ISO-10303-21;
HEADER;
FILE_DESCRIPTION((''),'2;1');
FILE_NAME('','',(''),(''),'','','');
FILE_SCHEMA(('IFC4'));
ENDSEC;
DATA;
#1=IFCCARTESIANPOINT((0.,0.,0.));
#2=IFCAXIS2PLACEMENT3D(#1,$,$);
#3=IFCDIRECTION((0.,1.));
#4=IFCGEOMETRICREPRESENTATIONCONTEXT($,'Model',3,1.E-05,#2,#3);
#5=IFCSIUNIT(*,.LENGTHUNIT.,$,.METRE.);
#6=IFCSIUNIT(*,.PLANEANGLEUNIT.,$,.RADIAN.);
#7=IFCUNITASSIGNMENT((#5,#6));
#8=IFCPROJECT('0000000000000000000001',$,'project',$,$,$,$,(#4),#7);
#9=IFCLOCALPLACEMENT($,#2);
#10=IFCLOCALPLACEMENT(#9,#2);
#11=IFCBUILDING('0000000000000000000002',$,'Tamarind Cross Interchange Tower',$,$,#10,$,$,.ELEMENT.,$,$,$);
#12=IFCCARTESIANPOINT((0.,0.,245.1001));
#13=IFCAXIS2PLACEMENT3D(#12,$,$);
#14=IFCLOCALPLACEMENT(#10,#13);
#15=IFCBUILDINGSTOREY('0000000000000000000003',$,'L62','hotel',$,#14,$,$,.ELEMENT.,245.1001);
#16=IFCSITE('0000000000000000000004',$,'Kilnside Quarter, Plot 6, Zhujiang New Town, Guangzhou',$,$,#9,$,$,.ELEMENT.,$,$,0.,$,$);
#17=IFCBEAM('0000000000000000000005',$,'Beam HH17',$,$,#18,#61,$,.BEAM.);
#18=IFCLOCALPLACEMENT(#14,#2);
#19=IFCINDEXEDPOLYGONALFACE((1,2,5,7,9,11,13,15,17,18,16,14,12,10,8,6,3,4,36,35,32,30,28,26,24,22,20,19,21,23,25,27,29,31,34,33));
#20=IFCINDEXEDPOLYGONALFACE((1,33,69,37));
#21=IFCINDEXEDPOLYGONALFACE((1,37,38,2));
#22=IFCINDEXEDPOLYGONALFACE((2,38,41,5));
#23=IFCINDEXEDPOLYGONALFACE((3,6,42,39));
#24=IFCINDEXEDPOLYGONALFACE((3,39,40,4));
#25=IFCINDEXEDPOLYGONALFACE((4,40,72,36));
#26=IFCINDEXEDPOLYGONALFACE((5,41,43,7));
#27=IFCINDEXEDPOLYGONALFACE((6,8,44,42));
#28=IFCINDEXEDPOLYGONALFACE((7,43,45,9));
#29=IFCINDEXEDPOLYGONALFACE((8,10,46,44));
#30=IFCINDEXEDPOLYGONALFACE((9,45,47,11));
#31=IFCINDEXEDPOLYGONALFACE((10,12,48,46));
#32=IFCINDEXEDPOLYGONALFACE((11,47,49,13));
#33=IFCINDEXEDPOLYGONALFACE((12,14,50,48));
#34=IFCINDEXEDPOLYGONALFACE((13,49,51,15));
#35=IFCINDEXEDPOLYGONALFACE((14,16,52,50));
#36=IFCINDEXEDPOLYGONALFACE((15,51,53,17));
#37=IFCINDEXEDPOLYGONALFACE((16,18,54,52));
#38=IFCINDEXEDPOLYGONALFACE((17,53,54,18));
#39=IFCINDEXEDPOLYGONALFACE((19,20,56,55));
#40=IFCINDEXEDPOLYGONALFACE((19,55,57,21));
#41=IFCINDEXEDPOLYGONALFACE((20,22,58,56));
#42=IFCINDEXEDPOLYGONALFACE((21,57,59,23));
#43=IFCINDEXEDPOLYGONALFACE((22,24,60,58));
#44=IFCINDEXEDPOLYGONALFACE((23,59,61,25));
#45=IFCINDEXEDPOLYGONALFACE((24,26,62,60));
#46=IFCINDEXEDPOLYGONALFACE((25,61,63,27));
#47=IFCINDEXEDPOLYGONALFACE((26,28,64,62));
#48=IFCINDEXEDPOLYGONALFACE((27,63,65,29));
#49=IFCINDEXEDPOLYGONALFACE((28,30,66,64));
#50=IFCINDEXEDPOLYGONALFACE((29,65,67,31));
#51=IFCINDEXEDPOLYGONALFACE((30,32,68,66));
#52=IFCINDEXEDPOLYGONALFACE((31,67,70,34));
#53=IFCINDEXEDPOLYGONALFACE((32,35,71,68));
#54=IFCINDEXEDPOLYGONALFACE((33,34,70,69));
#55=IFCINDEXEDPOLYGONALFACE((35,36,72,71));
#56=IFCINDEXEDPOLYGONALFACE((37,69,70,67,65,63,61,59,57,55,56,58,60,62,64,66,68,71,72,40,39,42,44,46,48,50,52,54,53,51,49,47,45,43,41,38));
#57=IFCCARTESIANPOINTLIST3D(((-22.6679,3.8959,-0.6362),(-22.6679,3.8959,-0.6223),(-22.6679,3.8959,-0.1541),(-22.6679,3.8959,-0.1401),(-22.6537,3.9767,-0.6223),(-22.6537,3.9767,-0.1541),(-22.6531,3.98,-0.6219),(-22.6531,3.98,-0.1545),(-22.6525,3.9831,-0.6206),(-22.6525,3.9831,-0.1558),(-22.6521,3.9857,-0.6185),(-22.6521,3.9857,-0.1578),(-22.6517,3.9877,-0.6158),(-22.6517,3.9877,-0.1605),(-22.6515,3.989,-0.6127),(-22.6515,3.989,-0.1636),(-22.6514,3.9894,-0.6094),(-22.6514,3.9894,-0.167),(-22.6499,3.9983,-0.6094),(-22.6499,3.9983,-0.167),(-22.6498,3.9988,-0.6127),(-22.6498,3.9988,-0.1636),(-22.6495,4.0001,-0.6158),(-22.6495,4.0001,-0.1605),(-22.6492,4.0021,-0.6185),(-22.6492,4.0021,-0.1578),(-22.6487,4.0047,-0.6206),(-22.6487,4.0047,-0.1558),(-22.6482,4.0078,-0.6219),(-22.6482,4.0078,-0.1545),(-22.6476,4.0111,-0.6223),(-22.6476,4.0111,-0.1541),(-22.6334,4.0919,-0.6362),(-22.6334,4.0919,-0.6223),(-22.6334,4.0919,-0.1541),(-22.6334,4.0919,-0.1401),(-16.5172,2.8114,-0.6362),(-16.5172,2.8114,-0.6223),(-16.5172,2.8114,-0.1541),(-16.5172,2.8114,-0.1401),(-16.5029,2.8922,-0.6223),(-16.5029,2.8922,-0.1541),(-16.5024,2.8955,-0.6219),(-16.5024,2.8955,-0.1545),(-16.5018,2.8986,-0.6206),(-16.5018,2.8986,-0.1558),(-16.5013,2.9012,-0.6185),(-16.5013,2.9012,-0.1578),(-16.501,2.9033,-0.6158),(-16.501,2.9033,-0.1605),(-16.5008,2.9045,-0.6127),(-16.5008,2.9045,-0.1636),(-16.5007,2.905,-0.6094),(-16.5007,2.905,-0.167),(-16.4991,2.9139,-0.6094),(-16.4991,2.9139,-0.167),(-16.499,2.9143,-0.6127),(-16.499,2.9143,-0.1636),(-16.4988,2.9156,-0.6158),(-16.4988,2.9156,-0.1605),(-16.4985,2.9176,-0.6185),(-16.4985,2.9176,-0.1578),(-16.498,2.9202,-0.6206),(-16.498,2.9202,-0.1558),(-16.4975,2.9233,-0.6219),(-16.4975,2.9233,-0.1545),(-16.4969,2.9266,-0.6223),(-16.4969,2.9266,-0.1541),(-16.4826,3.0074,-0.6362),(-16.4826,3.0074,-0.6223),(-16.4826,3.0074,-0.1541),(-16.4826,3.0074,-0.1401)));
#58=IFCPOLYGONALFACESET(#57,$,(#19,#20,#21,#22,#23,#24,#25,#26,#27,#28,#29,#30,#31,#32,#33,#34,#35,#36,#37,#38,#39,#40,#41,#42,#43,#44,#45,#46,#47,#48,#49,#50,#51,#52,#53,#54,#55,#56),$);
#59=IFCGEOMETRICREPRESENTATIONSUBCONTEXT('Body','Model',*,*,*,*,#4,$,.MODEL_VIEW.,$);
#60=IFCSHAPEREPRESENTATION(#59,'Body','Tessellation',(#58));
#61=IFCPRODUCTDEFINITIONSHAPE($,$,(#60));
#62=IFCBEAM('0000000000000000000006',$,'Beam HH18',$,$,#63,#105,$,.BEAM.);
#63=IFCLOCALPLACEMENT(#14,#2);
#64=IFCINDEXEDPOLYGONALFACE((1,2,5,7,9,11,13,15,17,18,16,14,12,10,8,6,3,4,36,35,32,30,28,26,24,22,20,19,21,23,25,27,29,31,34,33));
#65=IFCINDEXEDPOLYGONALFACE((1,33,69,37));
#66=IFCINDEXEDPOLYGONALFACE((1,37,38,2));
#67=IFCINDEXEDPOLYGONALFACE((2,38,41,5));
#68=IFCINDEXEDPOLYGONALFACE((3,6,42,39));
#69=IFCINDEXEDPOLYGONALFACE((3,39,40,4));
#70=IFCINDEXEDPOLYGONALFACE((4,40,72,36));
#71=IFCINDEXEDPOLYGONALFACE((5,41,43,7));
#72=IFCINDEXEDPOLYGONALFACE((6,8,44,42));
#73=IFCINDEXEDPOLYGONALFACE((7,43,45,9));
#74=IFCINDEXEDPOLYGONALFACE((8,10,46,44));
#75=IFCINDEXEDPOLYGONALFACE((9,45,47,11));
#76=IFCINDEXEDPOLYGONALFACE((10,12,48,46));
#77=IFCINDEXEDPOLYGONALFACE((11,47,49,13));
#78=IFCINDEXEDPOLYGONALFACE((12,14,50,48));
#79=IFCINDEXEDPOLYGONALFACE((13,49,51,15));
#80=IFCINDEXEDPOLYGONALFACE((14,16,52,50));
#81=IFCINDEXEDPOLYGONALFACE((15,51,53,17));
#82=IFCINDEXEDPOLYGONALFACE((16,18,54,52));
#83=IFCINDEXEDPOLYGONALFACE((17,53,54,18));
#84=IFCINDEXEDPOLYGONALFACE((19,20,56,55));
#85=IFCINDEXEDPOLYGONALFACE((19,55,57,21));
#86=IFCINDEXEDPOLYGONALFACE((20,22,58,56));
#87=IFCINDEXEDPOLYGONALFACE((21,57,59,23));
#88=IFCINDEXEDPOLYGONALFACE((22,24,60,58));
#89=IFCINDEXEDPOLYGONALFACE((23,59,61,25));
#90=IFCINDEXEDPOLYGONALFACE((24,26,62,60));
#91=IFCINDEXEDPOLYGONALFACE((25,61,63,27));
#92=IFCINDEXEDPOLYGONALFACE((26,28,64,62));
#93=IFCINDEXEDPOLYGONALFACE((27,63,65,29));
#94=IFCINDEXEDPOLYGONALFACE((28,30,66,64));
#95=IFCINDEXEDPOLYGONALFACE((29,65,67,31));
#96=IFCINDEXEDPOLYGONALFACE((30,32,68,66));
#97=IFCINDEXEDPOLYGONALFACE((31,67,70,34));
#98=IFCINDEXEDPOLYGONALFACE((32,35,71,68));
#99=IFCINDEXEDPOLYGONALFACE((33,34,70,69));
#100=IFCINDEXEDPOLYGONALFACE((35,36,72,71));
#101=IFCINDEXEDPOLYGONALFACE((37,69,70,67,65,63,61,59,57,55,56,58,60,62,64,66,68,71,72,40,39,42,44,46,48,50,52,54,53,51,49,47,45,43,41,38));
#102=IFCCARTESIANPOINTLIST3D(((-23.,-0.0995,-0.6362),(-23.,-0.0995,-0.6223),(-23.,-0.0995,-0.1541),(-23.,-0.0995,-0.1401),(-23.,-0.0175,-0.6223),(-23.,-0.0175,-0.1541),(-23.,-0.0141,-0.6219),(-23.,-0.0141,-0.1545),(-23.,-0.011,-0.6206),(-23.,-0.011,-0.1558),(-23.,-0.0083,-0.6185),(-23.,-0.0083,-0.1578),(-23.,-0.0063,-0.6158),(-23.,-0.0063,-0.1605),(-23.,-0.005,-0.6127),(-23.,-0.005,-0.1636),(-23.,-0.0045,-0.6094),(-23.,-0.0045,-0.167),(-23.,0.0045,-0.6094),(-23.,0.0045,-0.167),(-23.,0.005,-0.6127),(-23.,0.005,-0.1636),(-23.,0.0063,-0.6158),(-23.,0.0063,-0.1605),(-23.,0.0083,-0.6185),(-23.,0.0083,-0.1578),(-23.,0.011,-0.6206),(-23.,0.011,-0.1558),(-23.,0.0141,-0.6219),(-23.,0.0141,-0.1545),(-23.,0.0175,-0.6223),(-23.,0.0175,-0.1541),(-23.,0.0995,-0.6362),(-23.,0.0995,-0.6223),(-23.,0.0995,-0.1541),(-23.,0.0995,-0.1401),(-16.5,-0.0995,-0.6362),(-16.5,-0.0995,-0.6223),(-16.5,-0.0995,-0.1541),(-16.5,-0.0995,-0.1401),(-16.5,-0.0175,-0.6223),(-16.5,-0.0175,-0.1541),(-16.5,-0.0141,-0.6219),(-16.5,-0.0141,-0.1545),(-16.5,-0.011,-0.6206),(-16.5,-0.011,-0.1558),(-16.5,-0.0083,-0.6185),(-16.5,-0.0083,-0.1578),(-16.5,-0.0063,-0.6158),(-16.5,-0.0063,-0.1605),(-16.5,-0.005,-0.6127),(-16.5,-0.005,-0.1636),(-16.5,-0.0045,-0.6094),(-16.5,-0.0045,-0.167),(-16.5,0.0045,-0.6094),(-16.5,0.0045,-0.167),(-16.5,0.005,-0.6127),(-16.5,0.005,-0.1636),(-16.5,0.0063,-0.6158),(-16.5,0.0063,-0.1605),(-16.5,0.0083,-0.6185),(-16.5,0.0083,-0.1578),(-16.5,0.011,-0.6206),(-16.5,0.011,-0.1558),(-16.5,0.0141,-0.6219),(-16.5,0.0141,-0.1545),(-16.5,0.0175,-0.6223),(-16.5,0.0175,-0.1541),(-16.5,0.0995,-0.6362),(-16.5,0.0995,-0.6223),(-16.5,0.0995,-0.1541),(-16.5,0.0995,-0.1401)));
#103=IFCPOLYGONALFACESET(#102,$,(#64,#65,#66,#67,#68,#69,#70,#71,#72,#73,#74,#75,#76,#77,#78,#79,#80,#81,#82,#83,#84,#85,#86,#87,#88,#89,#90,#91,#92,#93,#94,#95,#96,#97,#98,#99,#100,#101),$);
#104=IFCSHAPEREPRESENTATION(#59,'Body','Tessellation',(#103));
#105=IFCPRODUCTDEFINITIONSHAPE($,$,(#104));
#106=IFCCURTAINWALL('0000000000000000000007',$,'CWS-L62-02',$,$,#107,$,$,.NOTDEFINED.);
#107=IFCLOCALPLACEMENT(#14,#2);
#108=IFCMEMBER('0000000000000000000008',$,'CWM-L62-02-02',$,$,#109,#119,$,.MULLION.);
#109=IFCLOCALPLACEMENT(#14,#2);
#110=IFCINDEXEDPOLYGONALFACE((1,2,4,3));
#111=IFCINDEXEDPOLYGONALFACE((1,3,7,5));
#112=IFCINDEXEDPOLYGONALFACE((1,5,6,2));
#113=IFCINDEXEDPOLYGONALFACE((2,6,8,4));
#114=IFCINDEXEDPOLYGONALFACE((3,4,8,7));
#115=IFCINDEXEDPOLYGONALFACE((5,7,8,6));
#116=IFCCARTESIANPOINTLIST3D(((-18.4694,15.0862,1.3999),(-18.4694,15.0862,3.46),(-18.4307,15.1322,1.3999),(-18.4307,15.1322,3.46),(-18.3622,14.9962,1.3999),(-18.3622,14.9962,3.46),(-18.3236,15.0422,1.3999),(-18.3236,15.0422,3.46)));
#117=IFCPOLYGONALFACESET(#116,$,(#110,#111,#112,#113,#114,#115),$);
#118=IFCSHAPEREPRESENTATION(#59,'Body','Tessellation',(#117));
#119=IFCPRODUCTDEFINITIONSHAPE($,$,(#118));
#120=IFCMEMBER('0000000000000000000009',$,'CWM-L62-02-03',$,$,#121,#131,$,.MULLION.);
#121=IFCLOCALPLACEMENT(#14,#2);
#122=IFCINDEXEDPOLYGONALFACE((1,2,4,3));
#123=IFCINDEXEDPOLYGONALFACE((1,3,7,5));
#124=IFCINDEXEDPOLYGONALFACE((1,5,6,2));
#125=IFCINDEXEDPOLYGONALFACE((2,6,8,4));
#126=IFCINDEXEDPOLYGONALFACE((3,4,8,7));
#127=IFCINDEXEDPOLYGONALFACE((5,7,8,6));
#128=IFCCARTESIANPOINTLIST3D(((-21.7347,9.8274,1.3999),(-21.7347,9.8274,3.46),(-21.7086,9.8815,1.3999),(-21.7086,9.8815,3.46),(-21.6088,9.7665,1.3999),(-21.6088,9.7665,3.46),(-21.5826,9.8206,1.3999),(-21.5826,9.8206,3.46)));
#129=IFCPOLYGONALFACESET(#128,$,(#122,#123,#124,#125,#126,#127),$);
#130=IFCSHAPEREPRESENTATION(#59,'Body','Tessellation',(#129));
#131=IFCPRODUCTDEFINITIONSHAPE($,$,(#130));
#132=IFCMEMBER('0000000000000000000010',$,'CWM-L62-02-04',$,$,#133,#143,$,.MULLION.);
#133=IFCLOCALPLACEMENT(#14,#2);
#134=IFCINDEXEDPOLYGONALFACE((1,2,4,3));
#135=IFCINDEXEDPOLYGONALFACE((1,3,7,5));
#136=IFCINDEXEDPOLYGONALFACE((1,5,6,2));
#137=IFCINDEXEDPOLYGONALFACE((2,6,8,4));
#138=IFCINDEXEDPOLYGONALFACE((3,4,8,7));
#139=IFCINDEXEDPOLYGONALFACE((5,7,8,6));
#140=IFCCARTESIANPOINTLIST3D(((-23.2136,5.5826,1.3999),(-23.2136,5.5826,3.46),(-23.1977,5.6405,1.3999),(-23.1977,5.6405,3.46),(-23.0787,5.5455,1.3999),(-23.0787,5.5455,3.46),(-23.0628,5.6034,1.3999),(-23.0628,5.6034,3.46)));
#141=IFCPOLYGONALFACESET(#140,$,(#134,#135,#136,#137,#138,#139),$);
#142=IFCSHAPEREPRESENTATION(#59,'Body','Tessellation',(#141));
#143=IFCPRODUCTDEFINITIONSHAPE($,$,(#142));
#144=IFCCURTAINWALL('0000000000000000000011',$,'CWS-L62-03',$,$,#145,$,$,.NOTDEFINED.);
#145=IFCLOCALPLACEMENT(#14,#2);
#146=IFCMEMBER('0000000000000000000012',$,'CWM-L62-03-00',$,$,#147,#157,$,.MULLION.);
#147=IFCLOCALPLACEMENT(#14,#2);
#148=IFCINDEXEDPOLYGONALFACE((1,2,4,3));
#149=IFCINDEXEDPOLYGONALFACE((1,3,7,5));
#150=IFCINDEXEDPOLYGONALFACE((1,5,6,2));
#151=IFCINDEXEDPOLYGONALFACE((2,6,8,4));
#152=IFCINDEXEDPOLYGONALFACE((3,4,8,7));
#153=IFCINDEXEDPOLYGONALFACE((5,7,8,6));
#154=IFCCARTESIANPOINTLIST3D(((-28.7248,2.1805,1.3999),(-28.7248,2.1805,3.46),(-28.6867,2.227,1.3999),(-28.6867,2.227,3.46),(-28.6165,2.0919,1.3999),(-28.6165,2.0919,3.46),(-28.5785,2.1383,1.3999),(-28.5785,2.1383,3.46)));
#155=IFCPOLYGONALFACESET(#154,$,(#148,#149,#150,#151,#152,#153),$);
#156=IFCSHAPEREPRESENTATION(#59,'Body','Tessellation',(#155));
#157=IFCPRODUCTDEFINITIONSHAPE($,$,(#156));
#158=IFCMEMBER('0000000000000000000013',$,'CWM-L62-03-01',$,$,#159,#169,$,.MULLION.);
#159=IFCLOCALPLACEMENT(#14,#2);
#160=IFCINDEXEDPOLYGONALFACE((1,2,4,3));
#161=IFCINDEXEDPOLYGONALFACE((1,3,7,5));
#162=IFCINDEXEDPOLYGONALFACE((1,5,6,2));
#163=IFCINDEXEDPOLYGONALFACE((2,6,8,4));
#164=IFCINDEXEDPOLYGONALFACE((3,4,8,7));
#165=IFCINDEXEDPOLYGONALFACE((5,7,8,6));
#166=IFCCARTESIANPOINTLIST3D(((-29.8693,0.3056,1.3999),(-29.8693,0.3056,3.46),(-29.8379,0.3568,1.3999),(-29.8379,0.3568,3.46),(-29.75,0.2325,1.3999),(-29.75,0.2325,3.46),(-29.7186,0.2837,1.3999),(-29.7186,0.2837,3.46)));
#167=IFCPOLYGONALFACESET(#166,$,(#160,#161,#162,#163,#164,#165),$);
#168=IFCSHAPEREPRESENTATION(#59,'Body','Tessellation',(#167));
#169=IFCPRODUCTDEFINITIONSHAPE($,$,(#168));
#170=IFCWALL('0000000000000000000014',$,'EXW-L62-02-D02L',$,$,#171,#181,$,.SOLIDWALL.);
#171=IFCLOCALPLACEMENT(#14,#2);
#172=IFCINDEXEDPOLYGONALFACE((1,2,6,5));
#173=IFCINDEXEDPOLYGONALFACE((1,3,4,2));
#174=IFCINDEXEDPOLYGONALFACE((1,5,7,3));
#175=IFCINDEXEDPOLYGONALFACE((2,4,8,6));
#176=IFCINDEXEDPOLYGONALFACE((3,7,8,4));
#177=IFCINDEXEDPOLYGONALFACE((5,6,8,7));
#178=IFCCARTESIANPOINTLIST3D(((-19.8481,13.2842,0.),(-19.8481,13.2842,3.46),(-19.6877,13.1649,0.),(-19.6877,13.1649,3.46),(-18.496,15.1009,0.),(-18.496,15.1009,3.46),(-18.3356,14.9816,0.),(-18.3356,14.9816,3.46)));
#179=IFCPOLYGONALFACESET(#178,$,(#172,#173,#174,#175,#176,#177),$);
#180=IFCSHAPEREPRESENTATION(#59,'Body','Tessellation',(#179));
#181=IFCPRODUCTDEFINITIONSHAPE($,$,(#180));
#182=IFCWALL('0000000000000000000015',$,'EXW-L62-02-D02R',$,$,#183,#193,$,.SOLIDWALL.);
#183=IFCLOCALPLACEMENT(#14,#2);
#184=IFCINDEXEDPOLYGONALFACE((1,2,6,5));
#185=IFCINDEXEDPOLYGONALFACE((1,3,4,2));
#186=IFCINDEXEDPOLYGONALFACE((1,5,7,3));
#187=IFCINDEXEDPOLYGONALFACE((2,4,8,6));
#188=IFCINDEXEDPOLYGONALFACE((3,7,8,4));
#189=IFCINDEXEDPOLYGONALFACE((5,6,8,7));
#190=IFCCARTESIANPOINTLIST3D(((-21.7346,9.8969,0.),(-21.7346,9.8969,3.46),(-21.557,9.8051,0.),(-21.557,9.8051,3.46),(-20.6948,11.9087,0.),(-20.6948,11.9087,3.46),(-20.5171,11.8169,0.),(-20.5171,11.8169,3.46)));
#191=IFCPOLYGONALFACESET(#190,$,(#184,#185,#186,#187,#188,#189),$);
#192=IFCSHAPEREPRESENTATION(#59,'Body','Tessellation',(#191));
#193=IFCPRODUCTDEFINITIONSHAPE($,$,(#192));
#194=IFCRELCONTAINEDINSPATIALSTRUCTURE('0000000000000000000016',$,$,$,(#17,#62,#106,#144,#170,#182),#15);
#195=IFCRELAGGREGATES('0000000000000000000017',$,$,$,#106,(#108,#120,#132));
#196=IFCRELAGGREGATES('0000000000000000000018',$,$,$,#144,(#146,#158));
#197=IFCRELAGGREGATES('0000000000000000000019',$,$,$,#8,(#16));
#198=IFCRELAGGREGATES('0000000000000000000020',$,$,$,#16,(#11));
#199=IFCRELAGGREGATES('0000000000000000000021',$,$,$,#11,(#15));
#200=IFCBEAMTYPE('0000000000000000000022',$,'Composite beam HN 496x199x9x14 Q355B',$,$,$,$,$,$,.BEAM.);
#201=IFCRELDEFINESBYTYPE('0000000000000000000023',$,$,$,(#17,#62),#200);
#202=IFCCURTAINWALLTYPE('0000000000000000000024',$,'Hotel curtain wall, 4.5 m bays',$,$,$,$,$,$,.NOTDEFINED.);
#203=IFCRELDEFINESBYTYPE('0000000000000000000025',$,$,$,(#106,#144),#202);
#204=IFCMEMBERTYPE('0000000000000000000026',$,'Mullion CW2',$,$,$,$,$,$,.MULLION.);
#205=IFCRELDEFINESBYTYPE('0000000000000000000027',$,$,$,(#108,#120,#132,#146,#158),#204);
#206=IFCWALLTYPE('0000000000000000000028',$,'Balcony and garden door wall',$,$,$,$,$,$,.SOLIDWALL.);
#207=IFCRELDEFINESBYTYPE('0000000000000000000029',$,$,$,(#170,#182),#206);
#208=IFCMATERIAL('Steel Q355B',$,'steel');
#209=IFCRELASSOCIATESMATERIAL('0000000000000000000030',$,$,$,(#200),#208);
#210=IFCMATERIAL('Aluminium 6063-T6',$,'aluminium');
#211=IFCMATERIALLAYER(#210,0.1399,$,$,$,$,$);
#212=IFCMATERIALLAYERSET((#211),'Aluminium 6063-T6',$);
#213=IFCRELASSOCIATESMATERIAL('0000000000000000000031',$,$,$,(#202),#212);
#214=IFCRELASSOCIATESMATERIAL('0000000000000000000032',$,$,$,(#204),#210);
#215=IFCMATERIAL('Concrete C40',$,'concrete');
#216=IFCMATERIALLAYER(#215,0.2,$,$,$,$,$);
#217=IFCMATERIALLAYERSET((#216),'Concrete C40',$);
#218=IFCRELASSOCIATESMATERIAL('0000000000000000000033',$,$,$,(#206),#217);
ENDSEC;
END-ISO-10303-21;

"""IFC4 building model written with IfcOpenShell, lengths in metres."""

from ifc_helpers import new_model, si_unit, direction, frame, frame_2d, origin, origin_2d, place, context, subcontext, project, spatial, rectangle, i_section, extrude, material, layer, layer_set, material_profile, profile_set, type_object, element, aggregate, save


model = new_model("IFC4")

# Units and contexts
model_context = context("Model", 3, precision=1e-05, world=origin(), true_north=direction((0.0, 1.0)))
body_context = subcontext(model_context, "Body", "Model", "MODEL_VIEW")
ifc_project = project(units=[si_unit("LENGTHUNIT", "METRE"), si_unit("PLANEANGLEUNIT", "RADIAN")], contexts=[model_context])

# Site, building, storey
site_placement = place(None, origin())
site = spatial("IfcSite", under=ifc_project, at=site_placement, Name="Kilnside Quarter, Plot 6, Zhujiang New Town, Guangzhou", CompositionType="ELEMENT", RefElevation=0.0)
building_placement = place(site_placement, origin())
building = spatial("IfcBuilding", under=site, at=building_placement, Name="Tamarind Cross Interchange Tower", CompositionType="ELEMENT")
storey_placement = place(building_placement, frame((0.0, 0.0, 245.1001)))
storey = spatial("IfcBuildingStorey", under=building, at=storey_placement, Name="L62", Description="hotel", CompositionType="ELEMENT", Elevation=245.1001)

# Beams
ifc_material_1 = material(Name="Steel Q355B", Category="steel")
ifc_material_profile_1 = material_profile(ifc_material_1, i_section(OverallWidth=0.199, OverallDepth=0.4961, WebThickness=0.009, FlangeThickness=0.0139, FilletRadius=0.0129, at=origin_2d()), Name="HN 496x199x9x14")
ifc_profile_set_1 = profile_set([ifc_material_profile_1], Name="Steel Q355B")
beam_type = type_object("IfcBeamType", Name="Composite beam HN 496x199x9x14 Q355B", PredefinedType="BEAM", material=ifc_profile_set_1)
beam_1_placement = place(storey_placement, frame((-22.6506, 3.9939, -0.3882), z_axis=(0.984809, -0.17364, 0.0), x_axis=(0.17364, 0.984809, 0.0)))
element("IfcBeam", 1, at=beam_1_placement, inside=storey, type_object=beam_type, Name="Beam HH17", PredefinedType="BEAM", context=body_context, shape_type="SweptSolid", body=[
    extrude(i_section(OverallWidth=0.199, OverallDepth=0.4961, WebThickness=0.009, FlangeThickness=0.0139, FilletRadius=0.0129, at=origin_2d()), origin(), (0.0, 0.0, 1.0), 6.2456),
])
beam_2_placement = place(storey_placement, frame((-23.0, 0.0, -0.3882), z_axis=(1.0, 0.0, 0.0), x_axis=(0.0, 1.0, 0.0)))
element("IfcBeam", 2, at=beam_2_placement, inside=storey, type_object=beam_type, Name="Beam HH18", PredefinedType="BEAM", context=body_context, shape_type="SweptSolid", body=[
    extrude(i_section(OverallWidth=0.199, OverallDepth=0.4961, WebThickness=0.009, FlangeThickness=0.0139, FilletRadius=0.0129, at=origin_2d()), origin(), (0.0, 0.0, 1.0), 6.5),
])

# Curtain walls, members
ifc_material_2 = material(Name="Aluminium 6063-T6", Category="aluminium")
ifc_layer_1 = layer(ifc_material_2, 0.1399)
ifc_layer_set_1 = layer_set([ifc_layer_1], Name="Aluminium 6063-T6")
curtain_wall_type = type_object("IfcCurtainWallType", Name="Hotel curtain wall, 4.5 m bays", PredefinedType="NOTDEFINED", material=ifc_layer_set_1)
curtain_wall_1_placement = place(storey_placement, origin())
curtain_wall_1 = element("IfcCurtainWall", 3, at=curtain_wall_1_placement, inside=storey, type_object=curtain_wall_type, Name="CWS-L62-02", PredefinedType="NOTDEFINED")
ifc_material_profile_2 = material_profile(ifc_material_2, rectangle(XDim=0.0601, YDim=0.1399, at=origin_2d()), Name="Mullion CW2")
ifc_profile_set_2 = profile_set([ifc_material_profile_2], Name="Aluminium 6063-T6")
member_type = type_object("IfcMemberType", Name="Mullion CW2", PredefinedType="MULLION", material=ifc_profile_set_2)
member_1_placement = place(storey_placement, frame((-18.3965, 15.0642, 1.3999), z_axis=(0.0, 0.0, 1.0), x_axis=(-0.643009, -0.765858, 0.0)))
member_1 = element("IfcMember", 4, at=member_1_placement, type_object=member_type, Name="CWM-L62-02-02", PredefinedType="MULLION", context=body_context, shape_type="SweptSolid", body=[
    extrude(rectangle(XDim=0.0601, YDim=0.1399, at=origin_2d()), origin(), (0.0, 0.0, 1.0), 2.0601),
])
member_2_placement = place(storey_placement, frame((-21.6587, 9.824, 1.3999), z_axis=(0.0, 0.0, 1.0), x_axis=(-0.435326, -0.900273, 0.0)))
member_2 = element("IfcMember", 5, at=member_2_placement, type_object=member_type, Name="CWM-L62-02-03", PredefinedType="MULLION", context=body_context, shape_type="SweptSolid", body=[
    extrude(rectangle(XDim=0.0601, YDim=0.1399, at=origin_2d()), origin(), (0.0, 0.0, 1.0), 2.0601),
])
member_3_placement = place(storey_placement, frame((-23.1382, 5.593, 1.3999), z_axis=(0.0, 0.0, 1.0), x_axis=(-0.265389, -0.964141, 0.0)))
member_3 = element("IfcMember", 6, at=member_3_placement, type_object=member_type, Name="CWM-L62-02-04", PredefinedType="MULLION", context=body_context, shape_type="SweptSolid", body=[
    extrude(rectangle(XDim=0.0601, YDim=0.1399, at=origin_2d()), origin(), (0.0, 0.0, 1.0), 2.0601),
])
aggregate(curtain_wall_1, [member_1, member_2, member_3])
curtain_wall_2_placement = place(storey_placement, origin())
curtain_wall_2 = element("IfcCurtainWall", 7, at=curtain_wall_2_placement, inside=storey, type_object=curtain_wall_type, Name="CWS-L62-03", PredefinedType="NOTDEFINED")
member_4_placement = place(storey_placement, frame((-28.6516, 2.1594, 1.3999), z_axis=(0.0, 0.0, 1.0), x_axis=(-0.633579, -0.773678, 0.0)))
member_4 = element("IfcMember", 8, at=member_4_placement, type_object=member_type, Name="CWM-L62-03-00", PredefinedType="MULLION", context=body_context, shape_type="SweptSolid", body=[
    extrude(rectangle(XDim=0.0601, YDim=0.1399, at=origin_2d()), origin(), (0.0, 0.0, 1.0), 2.0601),
])
member_5_placement = place(storey_placement, frame((-29.7939, 0.2947, 1.3999), z_axis=(0.0, 0.0, 1.0), x_axis=(-0.522368, -0.85272, 0.0)))
member_5 = element("IfcMember", 9, at=member_5_placement, type_object=member_type, Name="CWM-L62-03-01", PredefinedType="MULLION", context=body_context, shape_type="SweptSolid", body=[
    extrude(rectangle(XDim=0.0601, YDim=0.1399, at=origin_2d()), origin(), (0.0, 0.0, 1.0), 2.0601),
])
aggregate(curtain_wall_2, [member_4, member_5])

# Walls
ifc_material_3 = material(Name="Concrete C40", Category="concrete")
ifc_layer_2 = layer(ifc_material_3, 0.2)
ifc_layer_set_2 = layer_set([ifc_layer_2], Name="Concrete C40")
wall_type_1 = type_object("IfcWallType", Name="Balcony and garden door wall", PredefinedType="SOLIDWALL", material=ifc_layer_set_2)
for number, where, z_axis, x_axis, name in (
    (10, (-18.4158, 15.0413, 0.0), (0.0, 0.0, 1.0), (-0.597046, -0.802207, 0.0), "EXW-L62-02-D02L"),
    (11, (-20.606, 11.8628, 0.0), (0.0, 0.0, 1.0), (-0.459162, -0.888353, 0.0), "EXW-L62-02-D02R"),
):
    element("IfcWall", number, at=place(storey_placement, frame(where, z_axis=z_axis, x_axis=x_axis)), inside=storey, type_object=wall_type_1, Name=name, PredefinedType="SOLIDWALL", context=body_context, shape_type="SweptSolid", body=[
        extrude(rectangle(XDim=2.2646, YDim=0.2, at=frame_2d((1.1323, 0.0))), origin(), (0.0, 0.0, 1.0), 3.46),
    ])

save(model, "model.ifc")
